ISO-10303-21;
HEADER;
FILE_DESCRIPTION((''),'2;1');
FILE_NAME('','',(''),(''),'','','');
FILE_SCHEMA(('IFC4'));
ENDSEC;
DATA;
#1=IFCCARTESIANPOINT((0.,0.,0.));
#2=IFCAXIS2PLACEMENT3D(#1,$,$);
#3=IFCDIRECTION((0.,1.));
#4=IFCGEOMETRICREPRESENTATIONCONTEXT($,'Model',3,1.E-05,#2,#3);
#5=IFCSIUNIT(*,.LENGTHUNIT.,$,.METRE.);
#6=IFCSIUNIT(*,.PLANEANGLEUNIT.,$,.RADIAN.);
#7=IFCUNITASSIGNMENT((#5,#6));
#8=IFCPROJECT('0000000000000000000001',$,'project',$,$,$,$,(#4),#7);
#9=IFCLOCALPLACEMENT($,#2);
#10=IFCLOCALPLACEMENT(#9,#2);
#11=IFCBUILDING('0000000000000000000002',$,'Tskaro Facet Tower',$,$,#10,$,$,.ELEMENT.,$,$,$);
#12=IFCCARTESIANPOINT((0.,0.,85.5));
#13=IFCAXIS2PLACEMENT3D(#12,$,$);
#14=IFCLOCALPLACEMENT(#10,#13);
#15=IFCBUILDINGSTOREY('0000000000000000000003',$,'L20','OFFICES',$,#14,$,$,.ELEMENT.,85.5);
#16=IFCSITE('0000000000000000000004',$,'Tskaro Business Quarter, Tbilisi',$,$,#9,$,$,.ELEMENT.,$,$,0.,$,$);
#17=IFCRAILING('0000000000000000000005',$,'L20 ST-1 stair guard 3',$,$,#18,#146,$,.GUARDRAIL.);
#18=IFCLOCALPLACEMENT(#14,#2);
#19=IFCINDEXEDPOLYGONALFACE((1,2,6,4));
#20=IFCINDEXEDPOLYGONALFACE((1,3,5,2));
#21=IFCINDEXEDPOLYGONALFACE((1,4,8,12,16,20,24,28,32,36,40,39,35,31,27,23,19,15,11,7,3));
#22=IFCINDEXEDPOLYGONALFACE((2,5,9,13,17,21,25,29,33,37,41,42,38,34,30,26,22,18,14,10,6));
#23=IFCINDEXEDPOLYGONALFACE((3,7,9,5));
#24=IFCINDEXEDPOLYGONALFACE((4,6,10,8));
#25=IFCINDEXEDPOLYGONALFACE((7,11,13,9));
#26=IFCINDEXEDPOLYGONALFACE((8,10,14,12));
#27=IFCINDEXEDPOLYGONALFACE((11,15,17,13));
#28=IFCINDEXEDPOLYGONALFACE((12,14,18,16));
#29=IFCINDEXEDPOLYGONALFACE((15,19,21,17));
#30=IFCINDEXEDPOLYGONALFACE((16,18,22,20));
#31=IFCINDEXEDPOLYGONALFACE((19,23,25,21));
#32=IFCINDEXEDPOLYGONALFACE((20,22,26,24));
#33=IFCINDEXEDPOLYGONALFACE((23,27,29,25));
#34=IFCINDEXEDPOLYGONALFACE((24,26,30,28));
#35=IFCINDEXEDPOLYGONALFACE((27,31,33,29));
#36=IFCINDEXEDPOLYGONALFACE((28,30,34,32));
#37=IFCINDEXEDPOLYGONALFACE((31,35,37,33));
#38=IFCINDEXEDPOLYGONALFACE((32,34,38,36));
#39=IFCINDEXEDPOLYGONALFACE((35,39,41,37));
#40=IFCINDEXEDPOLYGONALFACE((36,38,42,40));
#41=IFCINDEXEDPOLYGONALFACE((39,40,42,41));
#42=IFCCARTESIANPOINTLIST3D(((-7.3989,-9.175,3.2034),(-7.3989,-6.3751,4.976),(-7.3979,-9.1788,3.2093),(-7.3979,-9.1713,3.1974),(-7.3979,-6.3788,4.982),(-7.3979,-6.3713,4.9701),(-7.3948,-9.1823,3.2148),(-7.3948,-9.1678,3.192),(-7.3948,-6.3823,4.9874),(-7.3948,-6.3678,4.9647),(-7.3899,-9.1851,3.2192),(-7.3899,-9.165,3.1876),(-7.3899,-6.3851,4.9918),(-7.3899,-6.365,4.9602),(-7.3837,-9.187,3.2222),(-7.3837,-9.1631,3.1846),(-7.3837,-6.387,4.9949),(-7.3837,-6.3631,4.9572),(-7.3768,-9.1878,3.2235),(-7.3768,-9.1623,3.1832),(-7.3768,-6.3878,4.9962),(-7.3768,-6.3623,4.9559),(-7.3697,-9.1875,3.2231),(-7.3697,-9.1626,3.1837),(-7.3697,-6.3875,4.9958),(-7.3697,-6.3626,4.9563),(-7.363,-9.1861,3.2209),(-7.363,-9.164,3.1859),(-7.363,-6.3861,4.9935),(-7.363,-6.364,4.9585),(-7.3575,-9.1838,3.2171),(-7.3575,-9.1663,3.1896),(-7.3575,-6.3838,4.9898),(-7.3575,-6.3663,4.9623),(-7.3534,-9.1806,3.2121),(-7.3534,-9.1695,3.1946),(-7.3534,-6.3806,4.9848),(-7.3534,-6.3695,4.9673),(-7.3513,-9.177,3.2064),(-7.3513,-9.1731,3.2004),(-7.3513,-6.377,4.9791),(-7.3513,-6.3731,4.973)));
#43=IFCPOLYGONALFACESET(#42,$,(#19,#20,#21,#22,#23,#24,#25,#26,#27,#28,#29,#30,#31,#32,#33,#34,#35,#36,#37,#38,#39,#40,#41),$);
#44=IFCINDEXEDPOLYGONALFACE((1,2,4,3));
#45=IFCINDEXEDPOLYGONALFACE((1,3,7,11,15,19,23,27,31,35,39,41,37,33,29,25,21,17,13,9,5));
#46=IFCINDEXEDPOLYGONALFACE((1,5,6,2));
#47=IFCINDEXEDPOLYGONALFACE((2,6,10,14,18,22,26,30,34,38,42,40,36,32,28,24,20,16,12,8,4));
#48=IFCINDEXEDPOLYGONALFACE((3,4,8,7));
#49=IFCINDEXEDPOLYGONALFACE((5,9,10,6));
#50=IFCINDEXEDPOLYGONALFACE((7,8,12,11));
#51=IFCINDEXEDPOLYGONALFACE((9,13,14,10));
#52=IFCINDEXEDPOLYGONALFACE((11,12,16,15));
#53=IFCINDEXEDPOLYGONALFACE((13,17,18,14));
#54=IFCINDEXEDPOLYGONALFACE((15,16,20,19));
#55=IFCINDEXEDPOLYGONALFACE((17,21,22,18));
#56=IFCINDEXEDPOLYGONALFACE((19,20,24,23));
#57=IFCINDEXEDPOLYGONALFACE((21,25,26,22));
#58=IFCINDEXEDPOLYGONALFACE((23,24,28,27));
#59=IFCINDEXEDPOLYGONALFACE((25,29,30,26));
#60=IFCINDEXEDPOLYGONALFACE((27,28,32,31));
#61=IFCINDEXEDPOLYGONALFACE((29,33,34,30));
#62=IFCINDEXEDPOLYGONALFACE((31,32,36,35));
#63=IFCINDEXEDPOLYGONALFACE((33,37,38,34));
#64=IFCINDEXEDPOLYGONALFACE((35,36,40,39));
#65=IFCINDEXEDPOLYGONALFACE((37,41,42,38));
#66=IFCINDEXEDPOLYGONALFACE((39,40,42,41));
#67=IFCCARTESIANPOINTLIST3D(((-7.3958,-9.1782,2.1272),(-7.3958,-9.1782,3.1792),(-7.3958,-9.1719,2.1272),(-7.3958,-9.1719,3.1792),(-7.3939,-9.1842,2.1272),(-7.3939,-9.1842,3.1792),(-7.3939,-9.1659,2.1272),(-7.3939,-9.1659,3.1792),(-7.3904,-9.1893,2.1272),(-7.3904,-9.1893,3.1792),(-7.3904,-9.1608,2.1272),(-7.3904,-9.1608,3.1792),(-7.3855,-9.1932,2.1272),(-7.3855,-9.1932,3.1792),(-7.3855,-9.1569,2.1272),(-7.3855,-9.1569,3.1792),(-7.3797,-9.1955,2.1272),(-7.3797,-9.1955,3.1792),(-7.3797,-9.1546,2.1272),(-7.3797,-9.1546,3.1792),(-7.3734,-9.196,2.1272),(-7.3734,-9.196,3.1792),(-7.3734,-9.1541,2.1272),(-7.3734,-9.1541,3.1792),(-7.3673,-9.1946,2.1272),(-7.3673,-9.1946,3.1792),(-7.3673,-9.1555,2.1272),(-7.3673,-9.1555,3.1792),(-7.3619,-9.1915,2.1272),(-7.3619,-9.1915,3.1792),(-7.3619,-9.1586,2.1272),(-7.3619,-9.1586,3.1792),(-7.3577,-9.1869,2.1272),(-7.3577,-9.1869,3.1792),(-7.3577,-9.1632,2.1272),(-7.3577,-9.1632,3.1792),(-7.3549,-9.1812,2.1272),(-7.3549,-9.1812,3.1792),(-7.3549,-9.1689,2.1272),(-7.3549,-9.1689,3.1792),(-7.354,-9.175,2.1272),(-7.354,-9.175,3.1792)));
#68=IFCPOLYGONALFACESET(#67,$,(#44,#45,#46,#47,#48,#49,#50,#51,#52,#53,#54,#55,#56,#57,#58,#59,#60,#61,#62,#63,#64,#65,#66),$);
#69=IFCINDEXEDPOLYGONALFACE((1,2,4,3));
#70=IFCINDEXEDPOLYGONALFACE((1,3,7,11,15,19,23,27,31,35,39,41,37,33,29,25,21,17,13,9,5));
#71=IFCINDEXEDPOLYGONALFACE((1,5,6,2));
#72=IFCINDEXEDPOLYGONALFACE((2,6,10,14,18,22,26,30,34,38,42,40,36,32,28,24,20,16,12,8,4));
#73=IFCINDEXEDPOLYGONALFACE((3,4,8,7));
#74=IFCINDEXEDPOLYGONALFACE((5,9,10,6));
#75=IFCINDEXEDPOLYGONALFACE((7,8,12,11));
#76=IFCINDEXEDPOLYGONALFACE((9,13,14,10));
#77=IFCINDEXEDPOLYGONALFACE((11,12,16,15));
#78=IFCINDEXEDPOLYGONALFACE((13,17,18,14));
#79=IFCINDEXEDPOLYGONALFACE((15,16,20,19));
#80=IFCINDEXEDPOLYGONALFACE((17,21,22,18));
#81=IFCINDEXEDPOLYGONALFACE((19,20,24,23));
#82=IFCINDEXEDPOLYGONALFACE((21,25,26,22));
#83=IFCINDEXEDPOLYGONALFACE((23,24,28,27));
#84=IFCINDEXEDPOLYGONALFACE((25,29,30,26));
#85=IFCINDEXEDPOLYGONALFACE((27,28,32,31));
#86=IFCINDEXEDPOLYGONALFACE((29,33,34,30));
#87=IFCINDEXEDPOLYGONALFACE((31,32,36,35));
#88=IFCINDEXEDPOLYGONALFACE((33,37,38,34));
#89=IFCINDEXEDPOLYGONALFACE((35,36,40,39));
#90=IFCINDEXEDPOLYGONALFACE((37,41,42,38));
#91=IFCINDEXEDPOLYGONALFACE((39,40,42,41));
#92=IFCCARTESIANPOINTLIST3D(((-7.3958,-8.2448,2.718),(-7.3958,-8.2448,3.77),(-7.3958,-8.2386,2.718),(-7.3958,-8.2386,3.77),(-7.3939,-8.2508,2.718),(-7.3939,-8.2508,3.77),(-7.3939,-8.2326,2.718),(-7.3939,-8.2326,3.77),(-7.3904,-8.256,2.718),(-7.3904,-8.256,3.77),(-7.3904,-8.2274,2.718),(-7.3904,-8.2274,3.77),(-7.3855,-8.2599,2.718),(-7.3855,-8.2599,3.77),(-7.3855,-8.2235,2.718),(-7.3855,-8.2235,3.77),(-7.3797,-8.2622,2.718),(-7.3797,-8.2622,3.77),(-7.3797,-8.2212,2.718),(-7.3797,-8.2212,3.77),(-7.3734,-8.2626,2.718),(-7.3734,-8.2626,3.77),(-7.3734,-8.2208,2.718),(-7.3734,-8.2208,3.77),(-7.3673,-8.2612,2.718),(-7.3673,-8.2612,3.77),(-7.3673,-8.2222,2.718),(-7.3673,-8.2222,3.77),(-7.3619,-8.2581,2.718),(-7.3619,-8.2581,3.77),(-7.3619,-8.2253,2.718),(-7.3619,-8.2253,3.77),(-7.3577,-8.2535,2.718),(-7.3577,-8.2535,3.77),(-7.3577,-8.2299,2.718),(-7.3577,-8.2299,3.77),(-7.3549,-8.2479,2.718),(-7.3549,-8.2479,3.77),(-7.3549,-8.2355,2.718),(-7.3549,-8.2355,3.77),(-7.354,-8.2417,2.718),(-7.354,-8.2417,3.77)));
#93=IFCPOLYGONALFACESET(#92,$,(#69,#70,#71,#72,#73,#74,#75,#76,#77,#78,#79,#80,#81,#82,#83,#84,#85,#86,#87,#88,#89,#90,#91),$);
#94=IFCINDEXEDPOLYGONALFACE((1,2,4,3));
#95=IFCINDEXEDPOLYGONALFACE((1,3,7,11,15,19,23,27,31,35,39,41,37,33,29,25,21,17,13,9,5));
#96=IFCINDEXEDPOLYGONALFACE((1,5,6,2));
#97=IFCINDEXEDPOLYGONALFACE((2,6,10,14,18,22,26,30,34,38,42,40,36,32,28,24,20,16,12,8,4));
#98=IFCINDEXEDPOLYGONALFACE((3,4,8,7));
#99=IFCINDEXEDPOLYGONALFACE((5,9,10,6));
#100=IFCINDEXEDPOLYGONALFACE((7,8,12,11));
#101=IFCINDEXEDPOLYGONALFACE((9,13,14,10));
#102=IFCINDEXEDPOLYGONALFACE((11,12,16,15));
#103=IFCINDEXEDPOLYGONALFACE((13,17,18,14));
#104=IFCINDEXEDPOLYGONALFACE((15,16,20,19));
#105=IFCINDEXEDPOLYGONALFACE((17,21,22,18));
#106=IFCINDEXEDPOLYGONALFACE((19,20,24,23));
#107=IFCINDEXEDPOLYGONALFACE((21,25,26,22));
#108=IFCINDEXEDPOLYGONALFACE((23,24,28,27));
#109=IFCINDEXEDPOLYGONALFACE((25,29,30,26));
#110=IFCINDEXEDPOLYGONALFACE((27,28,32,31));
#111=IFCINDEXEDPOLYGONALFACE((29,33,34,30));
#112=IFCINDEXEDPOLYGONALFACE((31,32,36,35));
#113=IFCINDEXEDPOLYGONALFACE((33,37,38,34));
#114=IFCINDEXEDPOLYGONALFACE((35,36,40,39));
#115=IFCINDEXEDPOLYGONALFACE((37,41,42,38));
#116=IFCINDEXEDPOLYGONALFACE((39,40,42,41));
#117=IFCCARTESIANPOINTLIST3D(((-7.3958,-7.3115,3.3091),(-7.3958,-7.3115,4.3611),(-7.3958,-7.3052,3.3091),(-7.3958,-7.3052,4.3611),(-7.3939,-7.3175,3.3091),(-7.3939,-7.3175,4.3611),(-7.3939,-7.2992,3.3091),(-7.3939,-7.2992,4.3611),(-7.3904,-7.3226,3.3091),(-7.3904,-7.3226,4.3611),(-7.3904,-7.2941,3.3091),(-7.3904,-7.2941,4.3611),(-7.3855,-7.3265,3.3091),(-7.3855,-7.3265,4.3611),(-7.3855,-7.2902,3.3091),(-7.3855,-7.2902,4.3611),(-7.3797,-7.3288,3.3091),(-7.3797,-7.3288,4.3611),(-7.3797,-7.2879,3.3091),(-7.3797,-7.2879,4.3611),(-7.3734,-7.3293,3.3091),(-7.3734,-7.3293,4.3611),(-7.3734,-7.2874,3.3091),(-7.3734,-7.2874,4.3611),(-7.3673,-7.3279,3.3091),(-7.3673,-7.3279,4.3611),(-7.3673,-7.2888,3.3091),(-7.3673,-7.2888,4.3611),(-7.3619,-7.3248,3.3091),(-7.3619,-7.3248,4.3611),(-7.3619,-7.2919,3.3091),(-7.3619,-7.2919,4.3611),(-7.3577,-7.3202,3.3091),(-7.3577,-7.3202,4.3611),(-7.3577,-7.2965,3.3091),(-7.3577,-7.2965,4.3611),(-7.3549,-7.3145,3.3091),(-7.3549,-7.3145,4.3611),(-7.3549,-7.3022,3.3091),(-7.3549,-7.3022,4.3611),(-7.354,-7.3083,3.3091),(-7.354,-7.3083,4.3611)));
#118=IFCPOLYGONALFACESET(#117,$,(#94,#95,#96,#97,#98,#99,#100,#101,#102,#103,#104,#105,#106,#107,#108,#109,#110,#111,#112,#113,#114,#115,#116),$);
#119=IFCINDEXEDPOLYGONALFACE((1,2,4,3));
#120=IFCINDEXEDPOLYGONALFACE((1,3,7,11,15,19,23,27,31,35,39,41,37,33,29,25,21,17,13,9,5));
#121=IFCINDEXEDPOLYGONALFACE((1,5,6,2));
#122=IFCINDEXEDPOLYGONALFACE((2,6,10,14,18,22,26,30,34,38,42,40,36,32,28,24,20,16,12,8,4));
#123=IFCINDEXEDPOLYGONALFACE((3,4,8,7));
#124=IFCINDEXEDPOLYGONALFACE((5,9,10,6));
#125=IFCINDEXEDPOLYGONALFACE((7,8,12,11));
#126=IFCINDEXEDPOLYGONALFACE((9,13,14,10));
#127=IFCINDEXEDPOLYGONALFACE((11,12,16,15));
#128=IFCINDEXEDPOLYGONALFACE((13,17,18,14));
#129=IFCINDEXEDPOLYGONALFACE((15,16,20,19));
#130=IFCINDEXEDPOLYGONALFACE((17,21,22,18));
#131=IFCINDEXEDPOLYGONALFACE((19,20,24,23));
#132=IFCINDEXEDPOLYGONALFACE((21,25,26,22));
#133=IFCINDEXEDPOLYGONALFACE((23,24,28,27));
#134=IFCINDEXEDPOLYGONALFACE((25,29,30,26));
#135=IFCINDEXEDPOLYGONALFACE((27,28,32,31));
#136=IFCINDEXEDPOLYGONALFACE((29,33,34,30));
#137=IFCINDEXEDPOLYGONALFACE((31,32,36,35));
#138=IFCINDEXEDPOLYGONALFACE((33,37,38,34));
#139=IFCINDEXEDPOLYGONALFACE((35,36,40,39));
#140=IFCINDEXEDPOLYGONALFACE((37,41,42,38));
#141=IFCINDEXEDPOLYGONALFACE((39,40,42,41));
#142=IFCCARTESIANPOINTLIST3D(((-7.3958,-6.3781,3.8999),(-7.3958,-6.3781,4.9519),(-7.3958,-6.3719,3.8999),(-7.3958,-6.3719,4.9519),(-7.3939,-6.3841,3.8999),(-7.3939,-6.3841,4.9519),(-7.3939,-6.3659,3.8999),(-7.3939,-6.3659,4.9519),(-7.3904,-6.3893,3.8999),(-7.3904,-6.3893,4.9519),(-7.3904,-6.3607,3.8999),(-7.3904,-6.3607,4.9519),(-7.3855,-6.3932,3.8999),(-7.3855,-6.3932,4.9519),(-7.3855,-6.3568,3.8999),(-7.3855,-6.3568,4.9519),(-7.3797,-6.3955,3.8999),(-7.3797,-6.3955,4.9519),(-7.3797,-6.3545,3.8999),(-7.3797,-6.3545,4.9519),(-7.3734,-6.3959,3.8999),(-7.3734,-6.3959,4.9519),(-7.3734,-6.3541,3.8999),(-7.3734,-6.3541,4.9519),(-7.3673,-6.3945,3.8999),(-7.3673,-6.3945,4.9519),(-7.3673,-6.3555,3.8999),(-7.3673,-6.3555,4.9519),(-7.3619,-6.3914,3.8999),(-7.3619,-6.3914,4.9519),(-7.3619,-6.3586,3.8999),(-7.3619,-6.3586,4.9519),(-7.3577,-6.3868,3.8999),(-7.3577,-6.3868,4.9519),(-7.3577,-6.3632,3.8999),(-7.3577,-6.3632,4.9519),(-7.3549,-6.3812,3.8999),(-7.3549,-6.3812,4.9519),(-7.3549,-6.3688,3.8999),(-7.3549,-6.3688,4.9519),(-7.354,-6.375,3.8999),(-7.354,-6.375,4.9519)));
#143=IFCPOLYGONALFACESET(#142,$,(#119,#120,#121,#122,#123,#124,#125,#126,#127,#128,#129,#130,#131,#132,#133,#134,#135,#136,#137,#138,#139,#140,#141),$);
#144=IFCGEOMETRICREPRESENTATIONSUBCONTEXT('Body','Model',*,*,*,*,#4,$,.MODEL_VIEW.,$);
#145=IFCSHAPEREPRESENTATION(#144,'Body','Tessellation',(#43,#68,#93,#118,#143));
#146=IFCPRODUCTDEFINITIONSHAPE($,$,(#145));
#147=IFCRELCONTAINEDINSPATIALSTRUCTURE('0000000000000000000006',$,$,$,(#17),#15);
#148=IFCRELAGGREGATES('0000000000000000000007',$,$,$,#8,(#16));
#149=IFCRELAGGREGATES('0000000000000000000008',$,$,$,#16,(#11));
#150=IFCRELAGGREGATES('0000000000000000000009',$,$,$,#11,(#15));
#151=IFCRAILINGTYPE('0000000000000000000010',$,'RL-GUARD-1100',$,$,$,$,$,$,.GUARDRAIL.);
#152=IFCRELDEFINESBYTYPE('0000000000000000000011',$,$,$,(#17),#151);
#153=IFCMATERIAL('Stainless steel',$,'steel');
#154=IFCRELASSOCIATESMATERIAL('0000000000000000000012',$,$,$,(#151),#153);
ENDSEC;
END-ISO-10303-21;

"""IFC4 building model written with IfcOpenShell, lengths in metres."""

from ifc_helpers import new_model, si_unit, direction, frame, origin, origin_2d, place, context, subcontext, project, spatial, circle, extrude, material, type_object, element, save


model = new_model("IFC4")

# Units and contexts
model_context = context("Model", 3, precision=1e-05, world=origin(), true_north=direction((0.0, 1.0)))
body_context = subcontext(model_context, "Body", "Model", "MODEL_VIEW")
ifc_project = project(units=[si_unit("LENGTHUNIT", "METRE"), si_unit("PLANEANGLEUNIT", "RADIAN")], contexts=[model_context])

# Site, building, storey
site_placement = place(None, origin())
site = spatial("IfcSite", under=ifc_project, at=site_placement, Name="Tskaro Business Quarter, Tbilisi", CompositionType="ELEMENT", RefElevation=0.0)
building_placement = place(site_placement, origin())
building = spatial("IfcBuilding", under=site, at=building_placement, Name="Tskaro Facet Tower", CompositionType="ELEMENT")
storey_placement = place(building_placement, frame((0.0, 0.0, 85.5)))
storey = spatial("IfcBuildingStorey", under=building, at=storey_placement, Name="L20", Description="OFFICES", CompositionType="ELEMENT", Elevation=85.5)

# Shared definitions
ifc_material_1 = material(Name="Stainless steel", Category="steel")

# Railing
railing_type_1 = type_object("IfcRailingType", Name="RL-GUARD-1100", PredefinedType="GUARDRAIL", material=ifc_material_1)
railing_1_placement = place(storey_placement, frame((-7.375, -9.175, 2.1272)))
element("IfcRailing", 1, at=railing_1_placement, inside=storey, type_object=railing_type_1, Name="L20 ST-1 stair guard 3", PredefinedType="GUARDRAIL", context=body_context, shape_type="SweptSolid", body=[
    extrude(circle(Radius=0.0239, at=origin_2d()), frame((0.0, 0.0, 1.0762), z_axis=(0.0, 0.844909, 0.53491), x_axis=(-1.0, 0.0, 0.0)), (0.0, 0.0, 1.0), 3.314),
    extrude(circle(Radius=0.021, at=origin_2d()), origin(), (0.0, 0.0, 1.0), 1.052),
    extrude(circle(Radius=0.021, at=origin_2d()), frame((0.0, 0.9333, 0.5908)), (0.0, 0.0, 1.0), 1.052),
    extrude(circle(Radius=0.021, at=origin_2d()), frame((0.0, 1.8667, 1.1819)), (0.0, 0.0, 1.0), 1.052),
    extrude(circle(Radius=0.021, at=origin_2d()), frame((0.0, 2.8, 1.7727)), (0.0, 0.0, 1.0), 1.052),
])

save(model, "model.ifc")
